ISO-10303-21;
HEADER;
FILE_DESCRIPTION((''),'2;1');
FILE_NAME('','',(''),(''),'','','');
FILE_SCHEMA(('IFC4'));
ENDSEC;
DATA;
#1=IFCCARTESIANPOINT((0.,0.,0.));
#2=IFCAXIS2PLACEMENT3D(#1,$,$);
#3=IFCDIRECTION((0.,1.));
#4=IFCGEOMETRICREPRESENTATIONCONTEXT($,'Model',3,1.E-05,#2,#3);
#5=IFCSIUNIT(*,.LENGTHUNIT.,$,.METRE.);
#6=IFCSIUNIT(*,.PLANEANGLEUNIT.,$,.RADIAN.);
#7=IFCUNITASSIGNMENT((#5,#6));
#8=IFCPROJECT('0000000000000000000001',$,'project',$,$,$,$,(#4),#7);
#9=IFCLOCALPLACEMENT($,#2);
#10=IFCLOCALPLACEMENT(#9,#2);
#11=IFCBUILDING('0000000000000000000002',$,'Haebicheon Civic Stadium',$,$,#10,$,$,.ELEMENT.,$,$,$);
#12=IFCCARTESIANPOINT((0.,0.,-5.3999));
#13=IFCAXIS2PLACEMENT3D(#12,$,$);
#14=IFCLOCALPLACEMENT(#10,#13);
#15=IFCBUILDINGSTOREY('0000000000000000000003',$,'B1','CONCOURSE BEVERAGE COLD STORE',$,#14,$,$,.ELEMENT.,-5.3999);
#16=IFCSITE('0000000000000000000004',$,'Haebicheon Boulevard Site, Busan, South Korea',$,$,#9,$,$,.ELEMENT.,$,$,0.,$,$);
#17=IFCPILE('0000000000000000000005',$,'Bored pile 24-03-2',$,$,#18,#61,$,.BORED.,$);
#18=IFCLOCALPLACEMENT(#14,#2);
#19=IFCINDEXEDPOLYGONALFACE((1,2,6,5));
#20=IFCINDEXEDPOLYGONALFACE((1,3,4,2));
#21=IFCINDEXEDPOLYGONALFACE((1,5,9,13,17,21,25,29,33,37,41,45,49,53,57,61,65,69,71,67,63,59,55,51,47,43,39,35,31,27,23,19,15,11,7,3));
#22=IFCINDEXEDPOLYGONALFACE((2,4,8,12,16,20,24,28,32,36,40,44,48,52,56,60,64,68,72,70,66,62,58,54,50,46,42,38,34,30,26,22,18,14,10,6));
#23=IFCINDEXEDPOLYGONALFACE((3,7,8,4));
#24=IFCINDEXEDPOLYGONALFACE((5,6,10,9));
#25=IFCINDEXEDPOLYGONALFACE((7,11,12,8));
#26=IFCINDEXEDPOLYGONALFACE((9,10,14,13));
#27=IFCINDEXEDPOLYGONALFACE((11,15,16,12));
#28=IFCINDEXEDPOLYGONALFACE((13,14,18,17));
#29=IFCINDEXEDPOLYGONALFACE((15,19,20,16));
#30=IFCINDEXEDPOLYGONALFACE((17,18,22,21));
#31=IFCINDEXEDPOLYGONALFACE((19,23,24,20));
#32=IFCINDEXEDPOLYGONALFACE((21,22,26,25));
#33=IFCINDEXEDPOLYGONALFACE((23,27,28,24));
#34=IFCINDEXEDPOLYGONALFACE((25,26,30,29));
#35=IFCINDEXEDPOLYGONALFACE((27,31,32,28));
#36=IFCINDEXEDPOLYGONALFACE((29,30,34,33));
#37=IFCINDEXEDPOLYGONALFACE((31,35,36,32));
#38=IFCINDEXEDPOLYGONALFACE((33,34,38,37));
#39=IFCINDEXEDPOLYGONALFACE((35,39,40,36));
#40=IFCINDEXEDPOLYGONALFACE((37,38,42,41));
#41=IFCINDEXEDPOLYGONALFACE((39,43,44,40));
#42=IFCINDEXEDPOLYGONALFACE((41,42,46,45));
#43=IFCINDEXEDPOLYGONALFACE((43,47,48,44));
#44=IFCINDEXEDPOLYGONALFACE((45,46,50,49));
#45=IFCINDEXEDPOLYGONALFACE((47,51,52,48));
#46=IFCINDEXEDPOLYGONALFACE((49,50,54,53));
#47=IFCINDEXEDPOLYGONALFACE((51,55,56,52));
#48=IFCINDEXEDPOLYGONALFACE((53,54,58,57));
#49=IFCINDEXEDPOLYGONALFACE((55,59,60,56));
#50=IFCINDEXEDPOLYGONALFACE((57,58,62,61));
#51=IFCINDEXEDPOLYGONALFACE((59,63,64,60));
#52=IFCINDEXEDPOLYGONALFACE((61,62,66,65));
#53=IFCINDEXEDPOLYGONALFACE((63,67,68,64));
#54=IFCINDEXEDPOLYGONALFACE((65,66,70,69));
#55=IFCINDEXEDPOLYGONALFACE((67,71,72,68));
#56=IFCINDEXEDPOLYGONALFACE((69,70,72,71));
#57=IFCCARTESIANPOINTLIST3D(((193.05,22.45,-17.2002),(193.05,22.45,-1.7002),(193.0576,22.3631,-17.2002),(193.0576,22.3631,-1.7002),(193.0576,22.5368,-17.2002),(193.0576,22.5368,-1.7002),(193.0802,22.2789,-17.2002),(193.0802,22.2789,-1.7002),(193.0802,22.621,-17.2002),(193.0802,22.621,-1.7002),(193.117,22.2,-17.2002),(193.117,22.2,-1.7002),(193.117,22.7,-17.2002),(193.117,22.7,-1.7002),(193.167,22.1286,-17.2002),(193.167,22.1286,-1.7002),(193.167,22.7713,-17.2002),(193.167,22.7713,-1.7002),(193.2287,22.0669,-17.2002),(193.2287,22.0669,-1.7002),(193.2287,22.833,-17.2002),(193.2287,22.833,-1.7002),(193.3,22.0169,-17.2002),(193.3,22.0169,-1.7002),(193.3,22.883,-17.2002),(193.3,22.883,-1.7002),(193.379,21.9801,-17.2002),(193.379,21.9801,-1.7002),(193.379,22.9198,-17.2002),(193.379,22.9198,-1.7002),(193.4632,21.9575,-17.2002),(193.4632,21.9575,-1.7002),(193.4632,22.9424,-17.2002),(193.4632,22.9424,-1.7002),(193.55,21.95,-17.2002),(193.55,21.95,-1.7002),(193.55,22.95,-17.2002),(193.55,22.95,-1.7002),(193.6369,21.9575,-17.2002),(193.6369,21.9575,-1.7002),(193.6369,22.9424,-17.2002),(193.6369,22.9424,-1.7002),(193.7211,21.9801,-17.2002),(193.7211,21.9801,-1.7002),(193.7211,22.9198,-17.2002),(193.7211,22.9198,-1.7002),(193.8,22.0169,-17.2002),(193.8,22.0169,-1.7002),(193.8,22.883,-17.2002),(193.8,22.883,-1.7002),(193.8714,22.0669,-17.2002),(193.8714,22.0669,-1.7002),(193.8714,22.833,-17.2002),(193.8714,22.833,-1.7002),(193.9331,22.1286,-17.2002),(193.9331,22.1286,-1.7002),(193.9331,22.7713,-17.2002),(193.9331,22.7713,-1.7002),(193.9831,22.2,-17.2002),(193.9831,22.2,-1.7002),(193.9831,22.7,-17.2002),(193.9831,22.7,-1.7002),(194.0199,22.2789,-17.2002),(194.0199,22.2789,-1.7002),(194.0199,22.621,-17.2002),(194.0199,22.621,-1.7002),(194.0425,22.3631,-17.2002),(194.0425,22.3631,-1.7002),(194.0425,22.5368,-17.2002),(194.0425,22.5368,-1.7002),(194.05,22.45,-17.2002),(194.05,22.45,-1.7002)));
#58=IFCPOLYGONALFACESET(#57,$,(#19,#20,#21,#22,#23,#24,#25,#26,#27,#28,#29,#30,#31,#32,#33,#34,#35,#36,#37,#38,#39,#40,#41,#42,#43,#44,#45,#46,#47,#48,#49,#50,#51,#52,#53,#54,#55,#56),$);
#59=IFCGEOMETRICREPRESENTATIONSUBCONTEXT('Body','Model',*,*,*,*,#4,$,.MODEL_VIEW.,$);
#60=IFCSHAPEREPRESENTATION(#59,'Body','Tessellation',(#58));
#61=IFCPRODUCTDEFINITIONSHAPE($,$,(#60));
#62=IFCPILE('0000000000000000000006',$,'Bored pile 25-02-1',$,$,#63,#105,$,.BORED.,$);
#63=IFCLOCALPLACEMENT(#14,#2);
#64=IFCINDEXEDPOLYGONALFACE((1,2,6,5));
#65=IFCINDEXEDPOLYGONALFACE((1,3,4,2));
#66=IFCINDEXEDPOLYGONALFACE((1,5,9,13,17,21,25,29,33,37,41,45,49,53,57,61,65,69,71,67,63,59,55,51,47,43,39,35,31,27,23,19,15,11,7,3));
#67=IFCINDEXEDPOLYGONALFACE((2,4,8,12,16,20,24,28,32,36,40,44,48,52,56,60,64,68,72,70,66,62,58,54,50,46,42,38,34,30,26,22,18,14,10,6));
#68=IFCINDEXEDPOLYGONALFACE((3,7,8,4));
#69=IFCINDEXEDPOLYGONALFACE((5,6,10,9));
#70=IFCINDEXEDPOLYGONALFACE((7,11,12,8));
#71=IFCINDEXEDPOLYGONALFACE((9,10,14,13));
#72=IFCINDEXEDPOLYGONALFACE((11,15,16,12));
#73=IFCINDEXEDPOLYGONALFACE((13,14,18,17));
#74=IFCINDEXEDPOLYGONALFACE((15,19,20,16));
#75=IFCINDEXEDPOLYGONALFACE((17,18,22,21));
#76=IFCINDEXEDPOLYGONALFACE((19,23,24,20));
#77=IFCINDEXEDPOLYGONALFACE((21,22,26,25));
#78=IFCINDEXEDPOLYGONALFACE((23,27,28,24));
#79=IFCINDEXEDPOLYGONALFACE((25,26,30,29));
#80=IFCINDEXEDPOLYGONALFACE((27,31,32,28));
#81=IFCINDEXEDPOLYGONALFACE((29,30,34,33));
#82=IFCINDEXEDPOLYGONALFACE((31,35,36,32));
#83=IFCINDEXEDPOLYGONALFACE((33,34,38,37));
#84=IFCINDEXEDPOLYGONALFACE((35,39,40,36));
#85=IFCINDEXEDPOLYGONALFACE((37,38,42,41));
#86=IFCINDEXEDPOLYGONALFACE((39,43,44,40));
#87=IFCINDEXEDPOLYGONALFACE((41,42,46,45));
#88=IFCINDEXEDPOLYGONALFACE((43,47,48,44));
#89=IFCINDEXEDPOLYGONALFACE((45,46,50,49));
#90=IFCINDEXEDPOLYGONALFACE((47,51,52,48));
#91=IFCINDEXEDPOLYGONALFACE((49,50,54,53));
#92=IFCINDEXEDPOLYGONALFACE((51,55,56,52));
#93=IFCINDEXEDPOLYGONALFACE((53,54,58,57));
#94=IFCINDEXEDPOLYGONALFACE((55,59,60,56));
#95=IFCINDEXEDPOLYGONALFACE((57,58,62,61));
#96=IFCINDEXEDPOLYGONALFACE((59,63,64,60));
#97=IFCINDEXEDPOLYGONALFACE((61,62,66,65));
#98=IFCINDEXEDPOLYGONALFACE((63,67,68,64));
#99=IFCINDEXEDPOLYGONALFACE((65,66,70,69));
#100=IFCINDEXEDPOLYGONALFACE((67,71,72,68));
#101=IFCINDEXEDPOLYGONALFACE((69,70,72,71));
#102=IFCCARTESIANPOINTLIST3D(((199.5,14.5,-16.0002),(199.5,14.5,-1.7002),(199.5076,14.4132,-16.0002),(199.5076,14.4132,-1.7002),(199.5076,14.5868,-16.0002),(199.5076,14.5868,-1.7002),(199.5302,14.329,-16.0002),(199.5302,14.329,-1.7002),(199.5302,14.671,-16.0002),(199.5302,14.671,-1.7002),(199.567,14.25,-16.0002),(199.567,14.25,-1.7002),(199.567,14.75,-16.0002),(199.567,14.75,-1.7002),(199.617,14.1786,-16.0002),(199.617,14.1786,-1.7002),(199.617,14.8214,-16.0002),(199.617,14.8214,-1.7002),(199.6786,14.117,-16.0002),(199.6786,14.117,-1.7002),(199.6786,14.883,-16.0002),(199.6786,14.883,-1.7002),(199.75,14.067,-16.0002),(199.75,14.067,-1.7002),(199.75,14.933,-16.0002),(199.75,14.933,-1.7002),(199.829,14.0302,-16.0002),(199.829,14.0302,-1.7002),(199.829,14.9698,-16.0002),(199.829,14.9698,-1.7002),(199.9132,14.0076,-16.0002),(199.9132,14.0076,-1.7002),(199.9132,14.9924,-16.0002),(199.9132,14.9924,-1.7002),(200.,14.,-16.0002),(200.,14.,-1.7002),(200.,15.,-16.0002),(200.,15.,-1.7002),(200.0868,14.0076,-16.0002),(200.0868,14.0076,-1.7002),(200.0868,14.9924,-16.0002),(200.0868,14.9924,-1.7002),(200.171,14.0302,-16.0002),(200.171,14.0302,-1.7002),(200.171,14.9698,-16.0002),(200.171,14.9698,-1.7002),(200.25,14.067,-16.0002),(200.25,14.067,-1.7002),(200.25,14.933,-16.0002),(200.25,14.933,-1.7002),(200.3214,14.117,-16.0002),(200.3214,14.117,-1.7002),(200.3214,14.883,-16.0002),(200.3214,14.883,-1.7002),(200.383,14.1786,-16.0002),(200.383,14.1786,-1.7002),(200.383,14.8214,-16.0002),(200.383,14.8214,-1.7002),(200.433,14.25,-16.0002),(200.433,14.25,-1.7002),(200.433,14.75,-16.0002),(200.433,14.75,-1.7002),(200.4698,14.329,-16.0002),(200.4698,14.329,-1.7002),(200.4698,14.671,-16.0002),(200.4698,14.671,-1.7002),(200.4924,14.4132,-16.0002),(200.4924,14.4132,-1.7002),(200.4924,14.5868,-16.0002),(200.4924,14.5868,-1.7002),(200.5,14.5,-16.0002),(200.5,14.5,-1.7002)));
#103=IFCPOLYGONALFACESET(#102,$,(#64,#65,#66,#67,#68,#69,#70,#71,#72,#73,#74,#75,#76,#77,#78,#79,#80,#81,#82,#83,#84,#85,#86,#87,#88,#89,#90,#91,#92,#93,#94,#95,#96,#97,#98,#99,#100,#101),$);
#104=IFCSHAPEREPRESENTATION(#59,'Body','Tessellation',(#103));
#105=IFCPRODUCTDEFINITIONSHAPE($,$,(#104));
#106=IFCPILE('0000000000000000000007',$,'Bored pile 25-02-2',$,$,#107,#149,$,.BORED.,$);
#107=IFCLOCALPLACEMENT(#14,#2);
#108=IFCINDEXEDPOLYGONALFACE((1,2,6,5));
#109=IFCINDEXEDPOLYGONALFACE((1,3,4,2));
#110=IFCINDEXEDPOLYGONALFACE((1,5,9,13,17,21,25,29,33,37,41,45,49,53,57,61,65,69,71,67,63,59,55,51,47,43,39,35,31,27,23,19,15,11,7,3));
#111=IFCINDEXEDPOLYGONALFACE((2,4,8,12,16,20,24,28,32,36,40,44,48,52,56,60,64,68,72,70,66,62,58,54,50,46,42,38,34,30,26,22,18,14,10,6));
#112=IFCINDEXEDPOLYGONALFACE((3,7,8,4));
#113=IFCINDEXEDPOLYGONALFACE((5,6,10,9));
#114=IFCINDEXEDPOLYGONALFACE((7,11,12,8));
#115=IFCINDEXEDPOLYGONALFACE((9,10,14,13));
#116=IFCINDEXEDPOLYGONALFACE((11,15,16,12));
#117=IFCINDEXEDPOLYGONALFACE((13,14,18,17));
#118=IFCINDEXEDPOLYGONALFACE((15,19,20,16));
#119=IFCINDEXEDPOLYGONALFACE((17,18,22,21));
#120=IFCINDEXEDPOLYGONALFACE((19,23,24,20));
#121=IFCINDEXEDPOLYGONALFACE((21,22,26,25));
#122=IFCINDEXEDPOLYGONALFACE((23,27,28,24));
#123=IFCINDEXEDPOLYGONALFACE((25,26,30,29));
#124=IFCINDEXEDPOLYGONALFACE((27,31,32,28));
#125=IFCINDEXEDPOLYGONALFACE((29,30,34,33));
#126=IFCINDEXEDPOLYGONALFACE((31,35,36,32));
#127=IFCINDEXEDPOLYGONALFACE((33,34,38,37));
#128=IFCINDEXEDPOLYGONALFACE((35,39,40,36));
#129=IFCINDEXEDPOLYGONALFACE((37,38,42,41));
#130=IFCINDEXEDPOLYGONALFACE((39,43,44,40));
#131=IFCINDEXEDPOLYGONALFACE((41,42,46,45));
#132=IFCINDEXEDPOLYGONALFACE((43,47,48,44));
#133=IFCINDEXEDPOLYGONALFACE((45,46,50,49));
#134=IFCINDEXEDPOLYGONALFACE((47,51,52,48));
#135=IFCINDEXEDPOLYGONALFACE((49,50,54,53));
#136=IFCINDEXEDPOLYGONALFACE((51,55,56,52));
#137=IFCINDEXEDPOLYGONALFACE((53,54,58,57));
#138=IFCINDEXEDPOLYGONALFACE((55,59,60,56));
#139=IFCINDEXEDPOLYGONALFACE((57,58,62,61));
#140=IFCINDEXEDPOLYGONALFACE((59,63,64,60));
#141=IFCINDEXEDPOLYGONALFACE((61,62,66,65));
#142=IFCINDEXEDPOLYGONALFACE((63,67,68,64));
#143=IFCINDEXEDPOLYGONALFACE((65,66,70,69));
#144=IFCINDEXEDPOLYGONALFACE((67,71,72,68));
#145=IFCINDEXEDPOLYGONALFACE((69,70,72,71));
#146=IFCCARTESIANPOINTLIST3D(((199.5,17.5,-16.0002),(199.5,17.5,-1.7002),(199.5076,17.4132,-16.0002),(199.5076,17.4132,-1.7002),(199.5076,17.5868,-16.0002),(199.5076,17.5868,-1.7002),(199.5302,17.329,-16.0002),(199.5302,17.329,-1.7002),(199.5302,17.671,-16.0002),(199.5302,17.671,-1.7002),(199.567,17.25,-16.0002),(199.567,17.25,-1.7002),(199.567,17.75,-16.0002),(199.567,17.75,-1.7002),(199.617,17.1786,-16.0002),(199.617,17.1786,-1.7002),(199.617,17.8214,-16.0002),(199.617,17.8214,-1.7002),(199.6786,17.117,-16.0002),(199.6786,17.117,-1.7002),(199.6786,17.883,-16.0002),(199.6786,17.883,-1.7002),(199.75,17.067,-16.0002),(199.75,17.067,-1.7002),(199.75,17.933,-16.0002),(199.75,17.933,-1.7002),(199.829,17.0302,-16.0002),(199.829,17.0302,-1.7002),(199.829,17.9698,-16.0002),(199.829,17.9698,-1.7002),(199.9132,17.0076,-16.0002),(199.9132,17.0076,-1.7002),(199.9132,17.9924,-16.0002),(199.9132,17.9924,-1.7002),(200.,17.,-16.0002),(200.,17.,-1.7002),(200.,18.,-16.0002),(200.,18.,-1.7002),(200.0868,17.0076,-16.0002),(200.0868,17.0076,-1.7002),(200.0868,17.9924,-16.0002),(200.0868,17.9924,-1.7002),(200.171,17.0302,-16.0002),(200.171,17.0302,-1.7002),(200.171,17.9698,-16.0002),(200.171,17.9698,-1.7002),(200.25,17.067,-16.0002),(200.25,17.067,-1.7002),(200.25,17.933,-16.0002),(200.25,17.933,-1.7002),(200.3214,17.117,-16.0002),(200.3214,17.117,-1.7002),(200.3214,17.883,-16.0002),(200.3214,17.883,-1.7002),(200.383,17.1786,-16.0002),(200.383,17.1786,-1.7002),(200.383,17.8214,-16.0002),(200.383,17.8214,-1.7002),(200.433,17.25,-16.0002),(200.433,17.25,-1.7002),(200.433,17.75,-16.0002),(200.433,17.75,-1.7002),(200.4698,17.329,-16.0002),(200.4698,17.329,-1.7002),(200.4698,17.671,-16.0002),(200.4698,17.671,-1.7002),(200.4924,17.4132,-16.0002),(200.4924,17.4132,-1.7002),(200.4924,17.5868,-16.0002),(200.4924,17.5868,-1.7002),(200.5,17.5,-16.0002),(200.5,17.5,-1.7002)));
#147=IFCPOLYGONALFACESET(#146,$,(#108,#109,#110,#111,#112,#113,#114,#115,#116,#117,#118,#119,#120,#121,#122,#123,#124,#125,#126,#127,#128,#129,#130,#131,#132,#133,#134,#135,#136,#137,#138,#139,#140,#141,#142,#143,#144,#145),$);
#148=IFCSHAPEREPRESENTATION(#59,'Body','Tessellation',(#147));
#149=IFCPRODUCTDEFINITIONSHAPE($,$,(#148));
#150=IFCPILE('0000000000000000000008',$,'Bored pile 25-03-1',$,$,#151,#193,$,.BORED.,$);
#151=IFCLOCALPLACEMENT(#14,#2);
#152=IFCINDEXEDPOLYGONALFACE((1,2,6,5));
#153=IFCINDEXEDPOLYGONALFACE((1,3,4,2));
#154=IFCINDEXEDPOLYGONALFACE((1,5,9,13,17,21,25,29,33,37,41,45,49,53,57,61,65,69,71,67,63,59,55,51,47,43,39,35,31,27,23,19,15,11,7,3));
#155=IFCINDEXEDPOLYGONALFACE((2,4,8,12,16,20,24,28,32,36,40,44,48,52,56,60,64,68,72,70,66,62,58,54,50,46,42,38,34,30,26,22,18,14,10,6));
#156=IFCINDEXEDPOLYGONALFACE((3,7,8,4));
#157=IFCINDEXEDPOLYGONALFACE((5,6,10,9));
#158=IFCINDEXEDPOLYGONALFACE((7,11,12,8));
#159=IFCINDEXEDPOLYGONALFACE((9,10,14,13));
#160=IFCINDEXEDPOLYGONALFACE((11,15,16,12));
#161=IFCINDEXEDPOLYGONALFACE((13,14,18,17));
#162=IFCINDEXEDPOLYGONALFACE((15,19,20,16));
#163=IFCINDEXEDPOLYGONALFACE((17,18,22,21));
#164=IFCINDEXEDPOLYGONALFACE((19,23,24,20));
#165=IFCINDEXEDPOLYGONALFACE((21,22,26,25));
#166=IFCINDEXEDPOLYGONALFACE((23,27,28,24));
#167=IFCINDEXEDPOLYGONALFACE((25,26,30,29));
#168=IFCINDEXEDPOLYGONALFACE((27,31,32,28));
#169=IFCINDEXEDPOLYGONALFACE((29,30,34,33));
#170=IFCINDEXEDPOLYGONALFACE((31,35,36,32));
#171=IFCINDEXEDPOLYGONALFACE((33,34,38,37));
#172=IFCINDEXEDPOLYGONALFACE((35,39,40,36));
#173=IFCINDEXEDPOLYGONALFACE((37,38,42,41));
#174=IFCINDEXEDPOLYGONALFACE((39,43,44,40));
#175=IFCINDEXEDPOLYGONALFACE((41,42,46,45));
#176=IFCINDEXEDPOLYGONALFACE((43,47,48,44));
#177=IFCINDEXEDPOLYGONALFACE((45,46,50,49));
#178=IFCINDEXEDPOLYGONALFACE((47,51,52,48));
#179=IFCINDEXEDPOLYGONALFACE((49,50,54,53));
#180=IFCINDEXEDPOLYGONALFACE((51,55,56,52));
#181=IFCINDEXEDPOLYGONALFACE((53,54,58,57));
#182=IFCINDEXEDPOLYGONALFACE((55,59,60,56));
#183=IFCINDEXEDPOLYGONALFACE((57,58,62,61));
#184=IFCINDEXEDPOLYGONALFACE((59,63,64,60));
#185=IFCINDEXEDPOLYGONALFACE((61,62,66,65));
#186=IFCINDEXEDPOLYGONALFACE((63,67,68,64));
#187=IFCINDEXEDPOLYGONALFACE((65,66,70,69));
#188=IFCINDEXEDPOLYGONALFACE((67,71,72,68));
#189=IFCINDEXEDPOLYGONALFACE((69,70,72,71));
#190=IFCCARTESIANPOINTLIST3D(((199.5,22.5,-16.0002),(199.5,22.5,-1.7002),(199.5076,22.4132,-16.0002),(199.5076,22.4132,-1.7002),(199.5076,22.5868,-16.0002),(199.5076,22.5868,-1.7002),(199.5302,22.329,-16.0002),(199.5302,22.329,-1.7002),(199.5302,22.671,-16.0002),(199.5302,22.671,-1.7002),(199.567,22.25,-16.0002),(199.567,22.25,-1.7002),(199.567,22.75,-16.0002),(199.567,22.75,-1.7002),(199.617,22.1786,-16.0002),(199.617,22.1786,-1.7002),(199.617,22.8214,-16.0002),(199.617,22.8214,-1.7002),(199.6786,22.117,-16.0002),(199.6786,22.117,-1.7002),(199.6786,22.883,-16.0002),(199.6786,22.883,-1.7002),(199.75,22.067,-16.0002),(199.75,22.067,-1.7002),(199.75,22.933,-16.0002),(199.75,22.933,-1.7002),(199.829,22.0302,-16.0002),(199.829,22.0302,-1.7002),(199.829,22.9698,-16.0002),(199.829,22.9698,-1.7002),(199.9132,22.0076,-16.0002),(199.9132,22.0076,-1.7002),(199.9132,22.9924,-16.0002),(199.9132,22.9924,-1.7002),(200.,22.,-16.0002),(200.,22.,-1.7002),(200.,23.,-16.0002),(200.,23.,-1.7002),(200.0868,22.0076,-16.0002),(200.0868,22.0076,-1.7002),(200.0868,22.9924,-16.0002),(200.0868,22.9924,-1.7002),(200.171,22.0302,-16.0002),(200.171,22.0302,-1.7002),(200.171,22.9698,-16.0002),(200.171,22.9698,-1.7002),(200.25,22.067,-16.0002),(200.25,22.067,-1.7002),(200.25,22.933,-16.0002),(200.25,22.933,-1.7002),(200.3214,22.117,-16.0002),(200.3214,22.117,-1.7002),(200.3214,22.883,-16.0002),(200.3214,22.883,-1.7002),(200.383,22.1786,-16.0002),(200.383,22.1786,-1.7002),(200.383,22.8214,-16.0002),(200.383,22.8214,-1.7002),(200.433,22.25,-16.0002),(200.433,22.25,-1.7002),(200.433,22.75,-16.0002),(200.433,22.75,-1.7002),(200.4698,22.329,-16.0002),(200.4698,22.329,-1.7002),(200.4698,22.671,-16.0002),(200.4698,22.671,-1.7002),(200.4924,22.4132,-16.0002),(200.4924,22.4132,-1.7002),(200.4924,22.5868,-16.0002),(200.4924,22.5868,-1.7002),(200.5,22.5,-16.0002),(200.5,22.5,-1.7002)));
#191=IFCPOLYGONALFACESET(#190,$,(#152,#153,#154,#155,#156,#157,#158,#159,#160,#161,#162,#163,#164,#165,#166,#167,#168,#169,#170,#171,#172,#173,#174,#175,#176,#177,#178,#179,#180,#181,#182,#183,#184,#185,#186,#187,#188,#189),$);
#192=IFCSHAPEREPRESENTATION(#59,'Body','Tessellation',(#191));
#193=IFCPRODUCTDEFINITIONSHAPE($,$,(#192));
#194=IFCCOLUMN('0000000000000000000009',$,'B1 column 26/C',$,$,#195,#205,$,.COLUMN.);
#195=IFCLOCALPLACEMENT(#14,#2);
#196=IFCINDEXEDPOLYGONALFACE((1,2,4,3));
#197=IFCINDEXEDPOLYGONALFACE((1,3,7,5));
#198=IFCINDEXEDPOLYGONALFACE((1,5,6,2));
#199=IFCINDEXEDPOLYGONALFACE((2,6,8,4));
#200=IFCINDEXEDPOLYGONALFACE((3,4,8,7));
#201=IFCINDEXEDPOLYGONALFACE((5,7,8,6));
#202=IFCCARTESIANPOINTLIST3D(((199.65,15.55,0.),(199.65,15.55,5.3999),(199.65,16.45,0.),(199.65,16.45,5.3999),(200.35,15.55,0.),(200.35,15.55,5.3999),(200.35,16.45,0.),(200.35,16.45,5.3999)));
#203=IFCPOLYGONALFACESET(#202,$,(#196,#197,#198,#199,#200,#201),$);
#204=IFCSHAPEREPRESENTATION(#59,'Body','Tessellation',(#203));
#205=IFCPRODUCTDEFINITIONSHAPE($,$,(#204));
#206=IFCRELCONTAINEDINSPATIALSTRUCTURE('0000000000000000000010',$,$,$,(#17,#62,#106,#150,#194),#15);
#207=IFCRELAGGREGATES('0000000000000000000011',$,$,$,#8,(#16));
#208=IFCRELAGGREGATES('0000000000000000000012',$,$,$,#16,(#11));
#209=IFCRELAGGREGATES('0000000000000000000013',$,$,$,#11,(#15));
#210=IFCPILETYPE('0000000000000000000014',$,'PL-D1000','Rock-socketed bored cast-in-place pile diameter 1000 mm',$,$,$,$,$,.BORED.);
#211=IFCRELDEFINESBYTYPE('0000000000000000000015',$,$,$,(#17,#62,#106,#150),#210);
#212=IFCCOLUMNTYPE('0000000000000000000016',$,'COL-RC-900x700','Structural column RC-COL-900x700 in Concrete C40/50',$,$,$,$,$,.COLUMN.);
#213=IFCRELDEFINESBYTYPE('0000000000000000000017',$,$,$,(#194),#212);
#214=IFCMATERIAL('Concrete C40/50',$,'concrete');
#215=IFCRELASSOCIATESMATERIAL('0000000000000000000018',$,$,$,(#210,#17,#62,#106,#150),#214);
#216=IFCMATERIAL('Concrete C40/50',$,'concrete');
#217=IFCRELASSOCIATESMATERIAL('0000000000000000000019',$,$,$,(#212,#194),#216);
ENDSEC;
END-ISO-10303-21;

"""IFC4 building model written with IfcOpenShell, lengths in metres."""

from ifc_helpers import new_model, si_unit, direction, frame, origin, origin_2d, place, context, subcontext, project, spatial, rectangle, circle, extrude, material, material_profile, profile_set, type_object, element, save


model = new_model("IFC4")

# Units and contexts
model_context = context("Model", 3, precision=1e-05, world=origin(), true_north=direction((0.0, 1.0)))
body_context = subcontext(model_context, "Body", "Model", "MODEL_VIEW")
ifc_project = project(units=[si_unit("LENGTHUNIT", "METRE"), si_unit("PLANEANGLEUNIT", "RADIAN")], contexts=[model_context])

# Site, building, storey
site_placement = place(None, origin())
site = spatial("IfcSite", under=ifc_project, at=site_placement, Name="Haebicheon Boulevard Site, Busan, South Korea", CompositionType="ELEMENT", RefElevation=0.0)
building_placement = place(site_placement, origin())
building = spatial("IfcBuilding", under=site, at=building_placement, Name="Haebicheon Civic Stadium", CompositionType="ELEMENT")
storey_placement = place(building_placement, frame((0.0, 0.0, -5.3999)))
storey = spatial("IfcBuildingStorey", under=building, at=storey_placement, Name="B1", Description="CONCOURSE BEVERAGE COLD STORE", CompositionType="ELEMENT", Elevation=-5.3999)

# Piles
ifc_material_1 = material(Name="Concrete C40/50", Category="concrete")
ifc_material_profile_1 = material_profile(ifc_material_1, circle(Radius=0.5, at=origin_2d()), Name="PILE-D1000")
ifc_profile_set_1 = profile_set([ifc_material_profile_1], Name="Concrete C40/50")
pile_type = type_object("IfcPileType", Name="PL-D1000", Description="Rock-socketed bored cast-in-place pile diameter 1000 mm", PredefinedType="BORED", material=ifc_profile_set_1)
for number, where, z_axis, x_axis, name in (
    (1, (193.55, 22.45, -1.7002), (0.0, 0.0, -1.0), (1.0, 0.0, 0.0), "Bored pile 24-03-2"),
):
    element("IfcPile", number, at=place(storey_placement, frame(where, z_axis=z_axis, x_axis=x_axis)), inside=storey, type_object=pile_type, material=ifc_profile_set_1, Name=name, PredefinedType="BORED", context=body_context, shape_type="SweptSolid", body=[
        extrude(circle(Radius=0.5, at=origin_2d()), origin(), (0.0, 0.0, 1.0), 15.5),
    ])
for number, where, z_axis, x_axis, name in (
    (2, (200.0, 14.5, -1.7002), (0.0, 0.0, -1.0), (1.0, 0.0, 0.0), "Bored pile 25-02-1"),
    (3, (200.0, 17.5, -1.7002), (0.0, 0.0, -1.0), (1.0, 0.0, 0.0), "Bored pile 25-02-2"),
    (4, (200.0, 22.5, -1.7002), (0.0, 0.0, -1.0), (1.0, 0.0, 0.0), "Bored pile 25-03-1"),
):
    element("IfcPile", number, at=place(storey_placement, frame(where, z_axis=z_axis, x_axis=x_axis)), inside=storey, type_object=pile_type, material=ifc_profile_set_1, Name=name, PredefinedType="BORED", context=body_context, shape_type="SweptSolid", body=[
        extrude(circle(Radius=0.5, at=origin_2d()), origin(), (0.0, 0.0, 1.0), 14.3),
    ])

# Column
ifc_material_2 = material(Name="Concrete C40/50", Category="concrete")
ifc_material_profile_2 = material_profile(ifc_material_2, rectangle(XDim=0.7, YDim=0.8999, at=origin_2d()), Name="RC-COL-900x700")
ifc_profile_set_2 = profile_set([ifc_material_profile_2], Name="Concrete C40/50")
column_type = type_object("IfcColumnType", Name="COL-RC-900x700", Description="Structural column RC-COL-900x700 in Concrete C40/50", PredefinedType="COLUMN", material=ifc_profile_set_2)
for number, where, z_axis, x_axis, name in (
    (5, (200.0, 16.0, 0.0), (0.0, 0.0, 1.0), (1.0, 0.0, 0.0), "B1 column 26/C"),
):
    element("IfcColumn", number, at=place(storey_placement, frame(where, z_axis=z_axis, x_axis=x_axis)), inside=storey, type_object=column_type, material=ifc_profile_set_2, Name=name, PredefinedType="COLUMN", context=body_context, shape_type="SweptSolid", body=[
        extrude(rectangle(XDim=0.7, YDim=0.8999, at=origin_2d()), origin(), (0.0, 0.0, 1.0), 5.3999),
    ])

save(model, "model.ifc")
